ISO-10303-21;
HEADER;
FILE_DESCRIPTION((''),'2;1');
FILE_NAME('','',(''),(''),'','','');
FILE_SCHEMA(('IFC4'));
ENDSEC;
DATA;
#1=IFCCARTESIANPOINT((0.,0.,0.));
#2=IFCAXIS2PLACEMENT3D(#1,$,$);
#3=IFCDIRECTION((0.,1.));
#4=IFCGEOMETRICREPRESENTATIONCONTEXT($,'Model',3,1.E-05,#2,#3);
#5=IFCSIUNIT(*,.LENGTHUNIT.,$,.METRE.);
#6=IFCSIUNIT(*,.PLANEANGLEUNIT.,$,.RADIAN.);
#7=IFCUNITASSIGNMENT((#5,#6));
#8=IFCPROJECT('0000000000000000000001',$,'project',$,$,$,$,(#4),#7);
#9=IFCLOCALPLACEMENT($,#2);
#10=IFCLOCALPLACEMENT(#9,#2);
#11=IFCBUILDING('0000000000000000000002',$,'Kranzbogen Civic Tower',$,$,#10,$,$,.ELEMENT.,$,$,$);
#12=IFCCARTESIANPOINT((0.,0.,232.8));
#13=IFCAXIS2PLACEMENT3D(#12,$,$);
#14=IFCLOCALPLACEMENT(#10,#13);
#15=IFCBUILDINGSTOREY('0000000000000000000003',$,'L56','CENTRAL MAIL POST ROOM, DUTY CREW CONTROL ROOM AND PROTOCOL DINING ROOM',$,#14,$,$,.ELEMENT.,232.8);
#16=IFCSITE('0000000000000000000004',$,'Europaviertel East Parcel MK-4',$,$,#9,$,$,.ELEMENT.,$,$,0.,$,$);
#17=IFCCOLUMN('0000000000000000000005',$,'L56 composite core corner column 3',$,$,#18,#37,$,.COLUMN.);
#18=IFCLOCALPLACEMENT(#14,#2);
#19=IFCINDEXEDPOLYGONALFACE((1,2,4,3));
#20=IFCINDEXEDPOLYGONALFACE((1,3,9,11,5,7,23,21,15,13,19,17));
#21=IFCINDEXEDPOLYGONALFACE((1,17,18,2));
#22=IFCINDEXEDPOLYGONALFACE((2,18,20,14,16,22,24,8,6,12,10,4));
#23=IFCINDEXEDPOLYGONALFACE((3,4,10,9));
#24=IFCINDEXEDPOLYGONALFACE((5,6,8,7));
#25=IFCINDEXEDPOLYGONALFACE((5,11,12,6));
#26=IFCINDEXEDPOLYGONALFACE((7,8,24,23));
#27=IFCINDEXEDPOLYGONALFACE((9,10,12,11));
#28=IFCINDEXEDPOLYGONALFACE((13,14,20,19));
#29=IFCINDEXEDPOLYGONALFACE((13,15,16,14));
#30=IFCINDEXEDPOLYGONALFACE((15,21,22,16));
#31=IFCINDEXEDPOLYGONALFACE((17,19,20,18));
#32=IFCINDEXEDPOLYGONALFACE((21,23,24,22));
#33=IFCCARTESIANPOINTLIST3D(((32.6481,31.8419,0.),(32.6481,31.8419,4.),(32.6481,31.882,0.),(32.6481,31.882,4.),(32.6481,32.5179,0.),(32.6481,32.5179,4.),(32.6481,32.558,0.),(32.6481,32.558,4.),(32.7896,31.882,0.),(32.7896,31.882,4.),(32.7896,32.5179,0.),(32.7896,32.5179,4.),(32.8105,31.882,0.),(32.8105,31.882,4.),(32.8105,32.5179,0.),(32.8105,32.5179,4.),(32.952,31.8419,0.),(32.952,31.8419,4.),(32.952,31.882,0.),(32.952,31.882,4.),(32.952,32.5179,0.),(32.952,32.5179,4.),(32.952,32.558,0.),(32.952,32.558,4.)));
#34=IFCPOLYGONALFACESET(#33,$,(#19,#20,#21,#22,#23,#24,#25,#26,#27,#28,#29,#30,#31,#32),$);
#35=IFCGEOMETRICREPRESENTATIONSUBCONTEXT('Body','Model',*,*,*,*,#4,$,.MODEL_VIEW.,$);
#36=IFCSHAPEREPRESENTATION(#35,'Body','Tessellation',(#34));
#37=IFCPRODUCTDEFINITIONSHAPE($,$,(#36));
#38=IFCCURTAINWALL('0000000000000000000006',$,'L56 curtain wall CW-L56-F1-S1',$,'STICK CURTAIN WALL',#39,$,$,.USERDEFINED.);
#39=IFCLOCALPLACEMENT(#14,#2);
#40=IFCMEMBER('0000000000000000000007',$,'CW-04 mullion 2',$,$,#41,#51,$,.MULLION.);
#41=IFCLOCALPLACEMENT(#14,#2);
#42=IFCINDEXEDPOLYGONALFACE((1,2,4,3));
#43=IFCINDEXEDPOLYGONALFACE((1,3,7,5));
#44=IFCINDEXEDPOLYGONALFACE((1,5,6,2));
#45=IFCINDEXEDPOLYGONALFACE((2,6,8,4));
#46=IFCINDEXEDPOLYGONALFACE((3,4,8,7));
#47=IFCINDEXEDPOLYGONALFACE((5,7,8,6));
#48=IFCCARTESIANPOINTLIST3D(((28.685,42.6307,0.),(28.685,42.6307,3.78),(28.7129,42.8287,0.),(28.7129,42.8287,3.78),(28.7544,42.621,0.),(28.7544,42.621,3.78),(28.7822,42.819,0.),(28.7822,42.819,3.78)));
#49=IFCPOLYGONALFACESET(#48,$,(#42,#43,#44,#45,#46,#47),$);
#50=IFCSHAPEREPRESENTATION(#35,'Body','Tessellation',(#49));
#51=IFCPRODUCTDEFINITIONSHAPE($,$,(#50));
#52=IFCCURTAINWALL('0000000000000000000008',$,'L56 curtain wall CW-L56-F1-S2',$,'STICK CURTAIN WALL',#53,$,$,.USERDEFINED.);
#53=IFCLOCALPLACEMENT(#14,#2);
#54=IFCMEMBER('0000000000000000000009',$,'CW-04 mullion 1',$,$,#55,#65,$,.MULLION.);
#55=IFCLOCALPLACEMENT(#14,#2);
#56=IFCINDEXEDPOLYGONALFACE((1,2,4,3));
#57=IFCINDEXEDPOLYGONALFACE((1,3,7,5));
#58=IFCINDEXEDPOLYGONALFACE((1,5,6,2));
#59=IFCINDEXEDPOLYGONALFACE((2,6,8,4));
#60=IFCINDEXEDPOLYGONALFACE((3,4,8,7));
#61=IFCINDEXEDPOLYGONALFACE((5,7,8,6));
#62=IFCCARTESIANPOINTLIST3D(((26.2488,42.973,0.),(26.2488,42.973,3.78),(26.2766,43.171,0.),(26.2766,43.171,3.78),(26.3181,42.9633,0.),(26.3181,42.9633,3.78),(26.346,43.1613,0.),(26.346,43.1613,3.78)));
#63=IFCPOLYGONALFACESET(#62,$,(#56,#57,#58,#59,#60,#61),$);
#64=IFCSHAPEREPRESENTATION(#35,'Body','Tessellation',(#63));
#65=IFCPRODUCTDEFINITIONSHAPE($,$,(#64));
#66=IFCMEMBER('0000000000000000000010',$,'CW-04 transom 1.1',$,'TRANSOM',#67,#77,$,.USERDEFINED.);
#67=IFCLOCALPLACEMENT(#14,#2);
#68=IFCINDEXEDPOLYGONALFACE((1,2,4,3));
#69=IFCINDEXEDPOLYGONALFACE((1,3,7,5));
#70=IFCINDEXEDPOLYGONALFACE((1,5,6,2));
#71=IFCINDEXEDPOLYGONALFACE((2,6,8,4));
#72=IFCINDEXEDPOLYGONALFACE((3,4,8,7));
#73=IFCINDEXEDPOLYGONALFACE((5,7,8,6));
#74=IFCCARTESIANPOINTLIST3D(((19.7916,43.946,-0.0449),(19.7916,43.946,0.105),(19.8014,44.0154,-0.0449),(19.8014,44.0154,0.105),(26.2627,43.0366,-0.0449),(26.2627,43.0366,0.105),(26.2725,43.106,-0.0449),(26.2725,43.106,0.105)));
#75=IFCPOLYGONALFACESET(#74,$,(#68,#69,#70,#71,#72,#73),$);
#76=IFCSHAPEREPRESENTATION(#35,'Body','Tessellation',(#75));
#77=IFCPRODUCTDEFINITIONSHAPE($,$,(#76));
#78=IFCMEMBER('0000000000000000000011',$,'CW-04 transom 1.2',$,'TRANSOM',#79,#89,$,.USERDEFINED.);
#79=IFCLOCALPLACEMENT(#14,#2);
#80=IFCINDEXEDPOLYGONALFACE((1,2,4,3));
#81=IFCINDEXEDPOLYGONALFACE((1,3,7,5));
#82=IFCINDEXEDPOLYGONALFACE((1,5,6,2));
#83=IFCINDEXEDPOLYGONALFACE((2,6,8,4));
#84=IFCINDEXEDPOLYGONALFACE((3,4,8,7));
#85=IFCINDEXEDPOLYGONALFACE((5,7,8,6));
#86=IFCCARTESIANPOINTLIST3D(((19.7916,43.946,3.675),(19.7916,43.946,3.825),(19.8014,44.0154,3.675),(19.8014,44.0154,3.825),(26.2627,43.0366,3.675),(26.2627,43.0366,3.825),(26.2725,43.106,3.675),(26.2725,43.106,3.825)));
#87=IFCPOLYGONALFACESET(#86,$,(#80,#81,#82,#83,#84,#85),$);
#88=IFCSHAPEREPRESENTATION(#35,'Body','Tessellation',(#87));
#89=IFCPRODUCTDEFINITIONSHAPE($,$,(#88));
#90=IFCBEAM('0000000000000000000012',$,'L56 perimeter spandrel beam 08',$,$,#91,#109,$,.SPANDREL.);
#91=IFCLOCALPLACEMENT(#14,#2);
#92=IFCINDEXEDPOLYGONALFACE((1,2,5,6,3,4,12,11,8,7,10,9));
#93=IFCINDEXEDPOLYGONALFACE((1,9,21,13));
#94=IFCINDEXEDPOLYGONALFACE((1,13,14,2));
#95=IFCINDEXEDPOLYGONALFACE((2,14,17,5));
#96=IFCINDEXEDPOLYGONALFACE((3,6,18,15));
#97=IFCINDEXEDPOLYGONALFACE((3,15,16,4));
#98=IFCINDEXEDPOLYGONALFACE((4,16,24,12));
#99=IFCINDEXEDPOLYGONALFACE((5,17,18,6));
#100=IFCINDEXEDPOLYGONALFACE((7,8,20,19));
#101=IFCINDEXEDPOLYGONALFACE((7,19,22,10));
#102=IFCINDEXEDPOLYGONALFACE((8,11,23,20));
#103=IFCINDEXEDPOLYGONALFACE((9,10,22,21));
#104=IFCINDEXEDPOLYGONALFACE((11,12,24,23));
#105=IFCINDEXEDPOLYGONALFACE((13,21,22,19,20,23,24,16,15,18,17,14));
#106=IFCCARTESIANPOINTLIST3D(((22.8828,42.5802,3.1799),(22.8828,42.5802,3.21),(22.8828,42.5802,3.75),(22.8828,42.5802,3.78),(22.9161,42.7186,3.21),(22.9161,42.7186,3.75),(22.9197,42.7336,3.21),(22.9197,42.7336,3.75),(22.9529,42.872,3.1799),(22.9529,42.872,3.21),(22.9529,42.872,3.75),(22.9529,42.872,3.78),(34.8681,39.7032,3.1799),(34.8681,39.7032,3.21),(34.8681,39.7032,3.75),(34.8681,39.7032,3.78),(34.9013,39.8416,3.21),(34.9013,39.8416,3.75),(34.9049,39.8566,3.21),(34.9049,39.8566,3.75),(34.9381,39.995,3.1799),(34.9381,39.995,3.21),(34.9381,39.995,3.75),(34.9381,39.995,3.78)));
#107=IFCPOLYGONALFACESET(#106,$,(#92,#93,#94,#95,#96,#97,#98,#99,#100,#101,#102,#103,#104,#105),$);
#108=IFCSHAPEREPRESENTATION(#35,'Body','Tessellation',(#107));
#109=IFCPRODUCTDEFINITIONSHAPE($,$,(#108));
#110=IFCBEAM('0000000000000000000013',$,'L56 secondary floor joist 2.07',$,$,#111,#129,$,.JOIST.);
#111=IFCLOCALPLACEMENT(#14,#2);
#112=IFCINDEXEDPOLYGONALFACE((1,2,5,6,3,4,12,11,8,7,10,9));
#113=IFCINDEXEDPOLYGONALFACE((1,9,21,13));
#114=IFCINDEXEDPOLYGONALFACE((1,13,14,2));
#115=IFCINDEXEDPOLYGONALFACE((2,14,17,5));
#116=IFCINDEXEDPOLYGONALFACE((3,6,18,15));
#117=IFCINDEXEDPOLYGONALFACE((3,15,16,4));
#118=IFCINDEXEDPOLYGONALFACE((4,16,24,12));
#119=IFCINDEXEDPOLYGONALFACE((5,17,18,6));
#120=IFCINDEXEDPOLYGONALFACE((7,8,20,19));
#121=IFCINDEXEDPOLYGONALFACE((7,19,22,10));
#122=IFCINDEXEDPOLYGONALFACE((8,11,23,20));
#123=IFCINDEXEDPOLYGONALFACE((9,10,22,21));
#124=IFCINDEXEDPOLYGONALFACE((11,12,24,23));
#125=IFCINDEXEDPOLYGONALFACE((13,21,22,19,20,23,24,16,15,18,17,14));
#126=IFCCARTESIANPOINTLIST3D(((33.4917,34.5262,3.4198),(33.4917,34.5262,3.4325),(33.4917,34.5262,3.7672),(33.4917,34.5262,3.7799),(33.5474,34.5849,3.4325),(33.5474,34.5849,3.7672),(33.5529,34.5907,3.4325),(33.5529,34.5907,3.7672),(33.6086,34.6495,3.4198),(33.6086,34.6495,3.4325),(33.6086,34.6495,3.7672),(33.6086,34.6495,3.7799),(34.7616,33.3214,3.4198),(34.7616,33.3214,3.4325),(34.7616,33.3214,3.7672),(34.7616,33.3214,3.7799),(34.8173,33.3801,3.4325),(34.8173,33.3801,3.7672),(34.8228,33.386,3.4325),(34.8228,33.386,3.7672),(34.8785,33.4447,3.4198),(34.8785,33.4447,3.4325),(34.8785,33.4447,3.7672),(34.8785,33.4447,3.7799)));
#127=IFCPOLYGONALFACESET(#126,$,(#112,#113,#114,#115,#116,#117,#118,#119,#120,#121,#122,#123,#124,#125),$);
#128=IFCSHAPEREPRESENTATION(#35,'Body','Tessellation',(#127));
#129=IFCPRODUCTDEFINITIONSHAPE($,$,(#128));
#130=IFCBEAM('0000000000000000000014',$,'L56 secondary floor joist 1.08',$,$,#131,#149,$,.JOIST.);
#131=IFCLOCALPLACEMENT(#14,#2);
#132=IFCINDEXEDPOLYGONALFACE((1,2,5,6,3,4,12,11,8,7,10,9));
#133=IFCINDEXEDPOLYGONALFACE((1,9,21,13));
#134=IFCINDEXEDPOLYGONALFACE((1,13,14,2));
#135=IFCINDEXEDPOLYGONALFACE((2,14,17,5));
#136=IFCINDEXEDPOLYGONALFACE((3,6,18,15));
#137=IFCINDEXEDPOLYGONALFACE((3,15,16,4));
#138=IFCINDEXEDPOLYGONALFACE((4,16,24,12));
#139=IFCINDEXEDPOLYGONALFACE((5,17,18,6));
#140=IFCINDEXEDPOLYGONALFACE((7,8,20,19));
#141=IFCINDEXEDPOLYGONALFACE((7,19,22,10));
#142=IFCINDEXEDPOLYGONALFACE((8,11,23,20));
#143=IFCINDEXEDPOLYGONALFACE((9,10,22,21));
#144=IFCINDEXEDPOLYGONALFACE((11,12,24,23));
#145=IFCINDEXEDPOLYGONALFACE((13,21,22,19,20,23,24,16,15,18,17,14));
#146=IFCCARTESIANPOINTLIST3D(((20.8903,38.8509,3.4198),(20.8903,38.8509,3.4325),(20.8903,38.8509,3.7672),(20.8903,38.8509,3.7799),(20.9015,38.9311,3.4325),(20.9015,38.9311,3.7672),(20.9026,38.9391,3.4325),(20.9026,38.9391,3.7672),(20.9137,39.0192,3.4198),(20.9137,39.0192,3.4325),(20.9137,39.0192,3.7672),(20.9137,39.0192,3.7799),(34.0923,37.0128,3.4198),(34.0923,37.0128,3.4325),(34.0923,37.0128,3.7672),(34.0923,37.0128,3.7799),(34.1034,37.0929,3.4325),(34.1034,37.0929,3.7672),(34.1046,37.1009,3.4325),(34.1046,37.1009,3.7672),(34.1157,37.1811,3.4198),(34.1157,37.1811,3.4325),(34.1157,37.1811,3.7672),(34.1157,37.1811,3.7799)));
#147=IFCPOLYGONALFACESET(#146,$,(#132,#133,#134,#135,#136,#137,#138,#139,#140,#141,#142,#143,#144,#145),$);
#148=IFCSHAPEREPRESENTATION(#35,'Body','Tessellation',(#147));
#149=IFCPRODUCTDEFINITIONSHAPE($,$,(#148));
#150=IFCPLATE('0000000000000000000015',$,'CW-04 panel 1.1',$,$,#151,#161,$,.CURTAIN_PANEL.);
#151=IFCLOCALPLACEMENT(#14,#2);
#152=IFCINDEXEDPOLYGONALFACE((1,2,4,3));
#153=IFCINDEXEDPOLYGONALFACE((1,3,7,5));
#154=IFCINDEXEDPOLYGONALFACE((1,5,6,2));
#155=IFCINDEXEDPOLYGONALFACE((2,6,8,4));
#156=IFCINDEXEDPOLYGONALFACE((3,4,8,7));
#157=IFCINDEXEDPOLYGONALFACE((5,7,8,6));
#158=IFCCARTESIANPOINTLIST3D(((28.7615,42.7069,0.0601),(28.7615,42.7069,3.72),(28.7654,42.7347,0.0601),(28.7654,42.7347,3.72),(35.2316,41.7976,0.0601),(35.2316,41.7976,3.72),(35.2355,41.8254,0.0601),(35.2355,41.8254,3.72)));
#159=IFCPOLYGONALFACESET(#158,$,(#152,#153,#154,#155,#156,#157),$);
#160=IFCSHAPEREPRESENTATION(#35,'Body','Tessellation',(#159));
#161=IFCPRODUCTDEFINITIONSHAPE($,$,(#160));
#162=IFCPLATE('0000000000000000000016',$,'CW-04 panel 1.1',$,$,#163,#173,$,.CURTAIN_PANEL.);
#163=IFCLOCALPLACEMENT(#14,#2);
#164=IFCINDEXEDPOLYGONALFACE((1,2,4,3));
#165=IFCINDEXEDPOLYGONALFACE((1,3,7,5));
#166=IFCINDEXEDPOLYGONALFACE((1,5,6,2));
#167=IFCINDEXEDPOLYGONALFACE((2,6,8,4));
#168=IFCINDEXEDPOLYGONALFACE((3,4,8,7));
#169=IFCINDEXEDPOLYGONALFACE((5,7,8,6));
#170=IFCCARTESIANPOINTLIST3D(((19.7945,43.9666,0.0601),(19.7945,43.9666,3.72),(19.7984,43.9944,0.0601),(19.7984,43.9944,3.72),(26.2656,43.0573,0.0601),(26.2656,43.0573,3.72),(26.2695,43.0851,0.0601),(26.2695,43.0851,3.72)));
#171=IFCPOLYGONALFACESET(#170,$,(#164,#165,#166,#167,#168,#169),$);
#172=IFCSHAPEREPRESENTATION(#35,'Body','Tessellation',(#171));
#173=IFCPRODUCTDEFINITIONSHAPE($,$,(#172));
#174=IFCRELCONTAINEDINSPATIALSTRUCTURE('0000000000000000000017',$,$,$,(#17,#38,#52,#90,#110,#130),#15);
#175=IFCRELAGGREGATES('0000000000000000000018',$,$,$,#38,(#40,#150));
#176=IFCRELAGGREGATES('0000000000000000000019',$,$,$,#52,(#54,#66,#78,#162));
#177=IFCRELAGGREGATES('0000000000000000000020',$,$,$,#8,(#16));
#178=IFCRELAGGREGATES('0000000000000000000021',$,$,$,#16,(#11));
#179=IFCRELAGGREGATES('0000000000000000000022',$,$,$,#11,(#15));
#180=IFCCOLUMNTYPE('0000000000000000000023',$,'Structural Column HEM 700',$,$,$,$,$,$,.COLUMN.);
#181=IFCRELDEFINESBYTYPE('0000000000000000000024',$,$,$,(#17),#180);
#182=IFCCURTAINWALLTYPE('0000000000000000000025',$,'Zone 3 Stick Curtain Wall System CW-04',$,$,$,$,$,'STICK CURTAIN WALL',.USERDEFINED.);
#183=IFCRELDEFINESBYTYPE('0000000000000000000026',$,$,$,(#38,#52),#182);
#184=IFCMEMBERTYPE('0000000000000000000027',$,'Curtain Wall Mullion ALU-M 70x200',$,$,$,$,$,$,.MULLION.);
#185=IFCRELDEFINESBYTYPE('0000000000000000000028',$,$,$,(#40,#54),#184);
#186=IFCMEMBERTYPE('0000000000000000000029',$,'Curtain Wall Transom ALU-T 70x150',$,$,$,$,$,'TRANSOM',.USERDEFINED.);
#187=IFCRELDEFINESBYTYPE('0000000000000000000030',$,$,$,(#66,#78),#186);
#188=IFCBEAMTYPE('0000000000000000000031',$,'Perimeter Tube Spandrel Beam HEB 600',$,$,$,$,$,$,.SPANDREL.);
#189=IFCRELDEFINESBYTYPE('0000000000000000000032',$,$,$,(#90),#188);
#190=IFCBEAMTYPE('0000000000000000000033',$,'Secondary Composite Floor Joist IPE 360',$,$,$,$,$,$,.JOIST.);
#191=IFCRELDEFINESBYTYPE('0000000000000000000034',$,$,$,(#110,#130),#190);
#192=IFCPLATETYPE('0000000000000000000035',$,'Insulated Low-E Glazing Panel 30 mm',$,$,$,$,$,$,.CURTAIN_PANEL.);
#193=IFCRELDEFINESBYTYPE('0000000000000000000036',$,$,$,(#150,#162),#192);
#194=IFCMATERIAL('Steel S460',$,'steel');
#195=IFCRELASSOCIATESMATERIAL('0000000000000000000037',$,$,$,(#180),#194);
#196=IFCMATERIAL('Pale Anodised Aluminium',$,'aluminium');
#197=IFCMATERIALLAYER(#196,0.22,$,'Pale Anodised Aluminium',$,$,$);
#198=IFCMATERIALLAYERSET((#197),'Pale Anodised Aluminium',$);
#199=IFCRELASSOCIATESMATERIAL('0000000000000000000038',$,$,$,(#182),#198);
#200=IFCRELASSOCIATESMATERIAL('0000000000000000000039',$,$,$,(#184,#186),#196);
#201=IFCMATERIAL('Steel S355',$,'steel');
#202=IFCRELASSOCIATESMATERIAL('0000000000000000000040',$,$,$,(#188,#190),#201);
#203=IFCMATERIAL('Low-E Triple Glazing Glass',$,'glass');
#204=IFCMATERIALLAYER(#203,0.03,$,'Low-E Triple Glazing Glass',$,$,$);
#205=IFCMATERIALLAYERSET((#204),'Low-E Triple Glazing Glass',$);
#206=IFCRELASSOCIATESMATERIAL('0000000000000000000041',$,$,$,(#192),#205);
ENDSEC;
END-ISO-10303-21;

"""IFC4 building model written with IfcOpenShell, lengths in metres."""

from ifc_helpers import new_model, si_unit, direction, frame, origin, origin_2d, place, context, subcontext, project, spatial, rectangle, i_section, extrude, material, layer, layer_set, material_profile, profile_set, type_object, element, aggregate, save


model = new_model("IFC4")

# Units and contexts
model_context = context("Model", 3, precision=1e-05, world=origin(), true_north=direction((0.0, 1.0)))
body_context = subcontext(model_context, "Body", "Model", "MODEL_VIEW")
ifc_project = project(units=[si_unit("LENGTHUNIT", "METRE"), si_unit("PLANEANGLEUNIT", "RADIAN")], contexts=[model_context])

# Site, building, storey
site_placement = place(None, origin())
site = spatial("IfcSite", under=ifc_project, at=site_placement, Name="Europaviertel East Parcel MK-4", CompositionType="ELEMENT", RefElevation=0.0)
building_placement = place(site_placement, origin())
building = spatial("IfcBuilding", under=site, at=building_placement, Name="Kranzbogen Civic Tower", CompositionType="ELEMENT")
storey_placement = place(building_placement, frame((0.0, 0.0, 232.8)))
storey = spatial("IfcBuildingStorey", under=building, at=storey_placement, Name="L56", Description="CENTRAL MAIL POST ROOM, DUTY CREW CONTROL ROOM AND PROTOCOL DINING ROOM", CompositionType="ELEMENT", Elevation=232.8)

# Column
ifc_material_1 = material(Name="Steel S460", Category="steel")
ifc_material_profile_1 = material_profile(ifc_material_1, i_section(OverallWidth=0.304, OverallDepth=0.7161, WebThickness=0.021, FlangeThickness=0.04, at=origin_2d()), Name="HEM 700")
ifc_profile_set_1 = profile_set([ifc_material_profile_1], Name="Steel S460")
column_type = type_object("IfcColumnType", Name="Structural Column HEM 700", PredefinedType="COLUMN", material=ifc_profile_set_1)
column_placement = place(storey_placement, frame((32.8, 32.2, 0.0), z_axis=(0.0, 0.0, 1.0), x_axis=(1.0, 0.0, 0.0)))
element("IfcColumn", 1, at=column_placement, inside=storey, type_object=column_type, Name="L56 composite core corner column 3", PredefinedType="COLUMN", context=body_context, shape_type="SweptSolid", body=[
    extrude(i_section(OverallWidth=0.304, OverallDepth=0.7161, WebThickness=0.021, FlangeThickness=0.04, at=origin_2d()), origin(), (0.0, 0.0, 1.0), 4.0),
])

# Curtain wall, member
ifc_material_2 = material(Name="Pale Anodised Aluminium", Category="aluminium")
ifc_layer_1 = layer(ifc_material_2, 0.22, Name="Pale Anodised Aluminium")
ifc_layer_set_1 = layer_set([ifc_layer_1], Name="Pale Anodised Aluminium")
curtain_wall_type = type_object("IfcCurtainWallType", Name="Zone 3 Stick Curtain Wall System CW-04", ElementType="STICK CURTAIN WALL", PredefinedType="USERDEFINED", material=ifc_layer_set_1)
curtain_wall_1_placement = place(storey_placement, origin())
curtain_wall_1 = element("IfcCurtainWall", 2, at=curtain_wall_1_placement, inside=storey, type_object=curtain_wall_type, Name="L56 curtain wall CW-L56-F1-S1", ObjectType="STICK CURTAIN WALL", PredefinedType="USERDEFINED")
ifc_material_profile_2 = material_profile(ifc_material_2, rectangle(XDim=0.0701, YDim=0.2, at=origin_2d()), Name="ALU-M 70x200")
ifc_profile_set_2 = profile_set([ifc_material_profile_2], Name="Pale Anodised Aluminium")
member_type_1 = type_object("IfcMemberType", Name="Curtain Wall Mullion ALU-M 70x200", PredefinedType="MULLION", material=ifc_profile_set_2)
member_1_placement = place(storey_placement, frame((28.7336, 42.7249, 0.0), z_axis=(0.0, 0.0, 1.0), x_axis=(-0.990269, 0.13917, 0.0)))
member_1 = element("IfcMember", 3, at=member_1_placement, type_object=member_type_1, Name="CW-04 mullion 2", PredefinedType="MULLION", context=body_context, shape_type="SweptSolid", body=[
    extrude(rectangle(XDim=0.0701, YDim=0.2, at=origin_2d()), origin(), (0.0, 0.0, 1.0), 3.78),
])

# Curtain wall, members
curtain_wall_2_placement = place(storey_placement, origin())
curtain_wall_2 = element("IfcCurtainWall", 4, at=curtain_wall_2_placement, inside=storey, type_object=curtain_wall_type, Name="L56 curtain wall CW-L56-F1-S2", ObjectType="STICK CURTAIN WALL", PredefinedType="USERDEFINED")
member_2_placement = place(storey_placement, frame((26.2974, 43.0671, 0.0), z_axis=(0.0, 0.0, 1.0), x_axis=(-0.990271, 0.139149, 0.0)))
member_2 = element("IfcMember", 5, at=member_2_placement, type_object=member_type_1, Name="CW-04 mullion 1", PredefinedType="MULLION", context=body_context, shape_type="SweptSolid", body=[
    extrude(rectangle(XDim=0.0701, YDim=0.2, at=origin_2d()), origin(), (0.0, 0.0, 1.0), 3.78),
])
ifc_material_profile_3 = material_profile(ifc_material_2, rectangle(XDim=0.0701, YDim=0.1499, at=origin_2d()), Name="ALU-T 70x150")
ifc_profile_set_3 = profile_set([ifc_material_profile_3], Name="Pale Anodised Aluminium")
member_type_2 = type_object("IfcMemberType", Name="Curtain Wall Transom ALU-T 70x150", ElementType="TRANSOM", PredefinedType="USERDEFINED", material=ifc_profile_set_3)
member_3_placement = place(storey_placement, frame((26.2676, 43.0713, 0.03), z_axis=(-0.990269, 0.139167, 0.0), x_axis=(-0.139167, -0.990269, 0.0)))
member_3 = element("IfcMember", 6, at=member_3_placement, type_object=member_type_2, Name="CW-04 transom 1.1", ObjectType="TRANSOM", PredefinedType="USERDEFINED", context=body_context, shape_type="SweptSolid", body=[
    extrude(rectangle(XDim=0.0701, YDim=0.1499, at=origin_2d()), origin(), (0.0, 0.0, 1.0), 6.5347),
])
member_4_placement = place(storey_placement, frame((26.2676, 43.0713, 3.75), z_axis=(-0.990269, 0.139167, 0.0), x_axis=(-0.139167, -0.990269, 0.0)))
member_4 = element("IfcMember", 7, at=member_4_placement, type_object=member_type_2, Name="CW-04 transom 1.2", ObjectType="TRANSOM", PredefinedType="USERDEFINED", context=body_context, shape_type="SweptSolid", body=[
    extrude(rectangle(XDim=0.0701, YDim=0.1499, at=origin_2d()), origin(), (0.0, 0.0, 1.0), 6.5347),
])

# Beams
ifc_material_3 = material(Name="Steel S355", Category="steel")
ifc_material_profile_4 = material_profile(ifc_material_3, i_section(OverallWidth=0.3, OverallDepth=0.6001, WebThickness=0.0154, FlangeThickness=0.03, at=origin_2d()), Name="HEB 600")
ifc_profile_set_4 = profile_set([ifc_material_profile_4], Name="Steel S355")
beam_type_1 = type_object("IfcBeamType", Name="Perimeter Tube Spandrel Beam HEB 600", PredefinedType="SPANDREL", material=ifc_profile_set_4)
beam_1_placement = place(storey_placement, frame((34.9031, 39.8491, 3.48), z_axis=(-0.972378, 0.233413, 0.0), x_axis=(-0.233413, -0.972378, 0.0)))
element("IfcBeam", 8, at=beam_1_placement, inside=storey, type_object=beam_type_1, Name="L56 perimeter spandrel beam 08", PredefinedType="SPANDREL", context=body_context, shape_type="SweptSolid", body=[
    extrude(i_section(OverallWidth=0.3, OverallDepth=0.6001, WebThickness=0.0154, FlangeThickness=0.03, at=origin_2d()), origin(), (0.0, 0.0, 1.0), 12.3257),
])
ifc_material_profile_5 = material_profile(ifc_material_3, i_section(OverallWidth=0.1699, OverallDepth=0.3601, WebThickness=0.0081, FlangeThickness=0.0127, at=origin_2d()), Name="IPE 360")
ifc_profile_set_5 = profile_set([ifc_material_profile_5], Name="Steel S355")
beam_type_2 = type_object("IfcBeamType", Name="Secondary Composite Floor Joist IPE 360", PredefinedType="JOIST", material=ifc_profile_set_5)
beam_2_placement = place(storey_placement, frame((34.8201, 33.3831, 3.5999), z_axis=(-0.72548, 0.688243, 0.0), x_axis=(-0.688243, -0.72548, 0.0)))
element("IfcBeam", 9, at=beam_2_placement, inside=storey, type_object=beam_type_2, Name="L56 secondary floor joist 2.07", PredefinedType="JOIST", context=body_context, shape_type="SweptSolid", body=[
    extrude(i_section(OverallWidth=0.1699, OverallDepth=0.3601, WebThickness=0.0081, FlangeThickness=0.0127, at=origin_2d()), origin(), (0.0, 0.0, 1.0), 1.7505),
])
beam_3_placement = place(storey_placement, frame((34.104, 37.0969, 3.5999), z_axis=(-0.990446, 0.137902, 0.0), x_axis=(-0.137902, -0.990446, 0.0)))
element("IfcBeam", 10, at=beam_3_placement, inside=storey, type_object=beam_type_2, Name="L56 secondary floor joist 1.08", PredefinedType="JOIST", context=body_context, shape_type="SweptSolid", body=[
    extrude(i_section(OverallWidth=0.1699, OverallDepth=0.3601, WebThickness=0.0081, FlangeThickness=0.0127, at=origin_2d()), origin(), (0.0, 0.0, 1.0), 13.3293),
])

# Plates
ifc_material_4 = material(Name="Low-E Triple Glazing Glass", Category="glass")
ifc_layer_2 = layer(ifc_material_4, 0.03, Name="Low-E Triple Glazing Glass")
ifc_layer_set_2 = layer_set([ifc_layer_2], Name="Low-E Triple Glazing Glass")
plate_type = type_object("IfcPlateType", Name="Insulated Low-E Glazing Panel 30 mm", PredefinedType="CURTAIN_PANEL", material=ifc_layer_set_2)
plate_1_placement = place(storey_placement, frame((31.9985, 42.2661, 0.0601), z_axis=(0.0, 0.0, 1.0), x_axis=(-0.990269, 0.13917, 0.0)))
plate_1 = element("IfcPlate", 11, at=plate_1_placement, type_object=plate_type, Name="CW-04 panel 1.1", PredefinedType="CURTAIN_PANEL", context=body_context, shape_type="SweptSolid", body=[
    extrude(rectangle(XDim=6.5337, YDim=0.0281, at=origin_2d()), origin(), (0.0, 0.0, 1.0), 3.6599),
])
aggregate(curtain_wall_1, [member_1, plate_1])
plate_2_placement = place(storey_placement, frame((23.032, 43.5259, 0.0601), z_axis=(0.0, 0.0, 1.0), x_axis=(-0.990271, 0.139149, 0.0)))
plate_2 = element("IfcPlate", 12, at=plate_2_placement, type_object=plate_type, Name="CW-04 panel 1.1", PredefinedType="CURTAIN_PANEL", context=body_context, shape_type="SweptSolid", body=[
    extrude(rectangle(XDim=6.5347, YDim=0.0281, at=origin_2d()), origin(), (0.0, 0.0, 1.0), 3.6599),
])
aggregate(curtain_wall_2, [member_2, member_3, member_4, plate_2])

save(model, "model.ifc")
